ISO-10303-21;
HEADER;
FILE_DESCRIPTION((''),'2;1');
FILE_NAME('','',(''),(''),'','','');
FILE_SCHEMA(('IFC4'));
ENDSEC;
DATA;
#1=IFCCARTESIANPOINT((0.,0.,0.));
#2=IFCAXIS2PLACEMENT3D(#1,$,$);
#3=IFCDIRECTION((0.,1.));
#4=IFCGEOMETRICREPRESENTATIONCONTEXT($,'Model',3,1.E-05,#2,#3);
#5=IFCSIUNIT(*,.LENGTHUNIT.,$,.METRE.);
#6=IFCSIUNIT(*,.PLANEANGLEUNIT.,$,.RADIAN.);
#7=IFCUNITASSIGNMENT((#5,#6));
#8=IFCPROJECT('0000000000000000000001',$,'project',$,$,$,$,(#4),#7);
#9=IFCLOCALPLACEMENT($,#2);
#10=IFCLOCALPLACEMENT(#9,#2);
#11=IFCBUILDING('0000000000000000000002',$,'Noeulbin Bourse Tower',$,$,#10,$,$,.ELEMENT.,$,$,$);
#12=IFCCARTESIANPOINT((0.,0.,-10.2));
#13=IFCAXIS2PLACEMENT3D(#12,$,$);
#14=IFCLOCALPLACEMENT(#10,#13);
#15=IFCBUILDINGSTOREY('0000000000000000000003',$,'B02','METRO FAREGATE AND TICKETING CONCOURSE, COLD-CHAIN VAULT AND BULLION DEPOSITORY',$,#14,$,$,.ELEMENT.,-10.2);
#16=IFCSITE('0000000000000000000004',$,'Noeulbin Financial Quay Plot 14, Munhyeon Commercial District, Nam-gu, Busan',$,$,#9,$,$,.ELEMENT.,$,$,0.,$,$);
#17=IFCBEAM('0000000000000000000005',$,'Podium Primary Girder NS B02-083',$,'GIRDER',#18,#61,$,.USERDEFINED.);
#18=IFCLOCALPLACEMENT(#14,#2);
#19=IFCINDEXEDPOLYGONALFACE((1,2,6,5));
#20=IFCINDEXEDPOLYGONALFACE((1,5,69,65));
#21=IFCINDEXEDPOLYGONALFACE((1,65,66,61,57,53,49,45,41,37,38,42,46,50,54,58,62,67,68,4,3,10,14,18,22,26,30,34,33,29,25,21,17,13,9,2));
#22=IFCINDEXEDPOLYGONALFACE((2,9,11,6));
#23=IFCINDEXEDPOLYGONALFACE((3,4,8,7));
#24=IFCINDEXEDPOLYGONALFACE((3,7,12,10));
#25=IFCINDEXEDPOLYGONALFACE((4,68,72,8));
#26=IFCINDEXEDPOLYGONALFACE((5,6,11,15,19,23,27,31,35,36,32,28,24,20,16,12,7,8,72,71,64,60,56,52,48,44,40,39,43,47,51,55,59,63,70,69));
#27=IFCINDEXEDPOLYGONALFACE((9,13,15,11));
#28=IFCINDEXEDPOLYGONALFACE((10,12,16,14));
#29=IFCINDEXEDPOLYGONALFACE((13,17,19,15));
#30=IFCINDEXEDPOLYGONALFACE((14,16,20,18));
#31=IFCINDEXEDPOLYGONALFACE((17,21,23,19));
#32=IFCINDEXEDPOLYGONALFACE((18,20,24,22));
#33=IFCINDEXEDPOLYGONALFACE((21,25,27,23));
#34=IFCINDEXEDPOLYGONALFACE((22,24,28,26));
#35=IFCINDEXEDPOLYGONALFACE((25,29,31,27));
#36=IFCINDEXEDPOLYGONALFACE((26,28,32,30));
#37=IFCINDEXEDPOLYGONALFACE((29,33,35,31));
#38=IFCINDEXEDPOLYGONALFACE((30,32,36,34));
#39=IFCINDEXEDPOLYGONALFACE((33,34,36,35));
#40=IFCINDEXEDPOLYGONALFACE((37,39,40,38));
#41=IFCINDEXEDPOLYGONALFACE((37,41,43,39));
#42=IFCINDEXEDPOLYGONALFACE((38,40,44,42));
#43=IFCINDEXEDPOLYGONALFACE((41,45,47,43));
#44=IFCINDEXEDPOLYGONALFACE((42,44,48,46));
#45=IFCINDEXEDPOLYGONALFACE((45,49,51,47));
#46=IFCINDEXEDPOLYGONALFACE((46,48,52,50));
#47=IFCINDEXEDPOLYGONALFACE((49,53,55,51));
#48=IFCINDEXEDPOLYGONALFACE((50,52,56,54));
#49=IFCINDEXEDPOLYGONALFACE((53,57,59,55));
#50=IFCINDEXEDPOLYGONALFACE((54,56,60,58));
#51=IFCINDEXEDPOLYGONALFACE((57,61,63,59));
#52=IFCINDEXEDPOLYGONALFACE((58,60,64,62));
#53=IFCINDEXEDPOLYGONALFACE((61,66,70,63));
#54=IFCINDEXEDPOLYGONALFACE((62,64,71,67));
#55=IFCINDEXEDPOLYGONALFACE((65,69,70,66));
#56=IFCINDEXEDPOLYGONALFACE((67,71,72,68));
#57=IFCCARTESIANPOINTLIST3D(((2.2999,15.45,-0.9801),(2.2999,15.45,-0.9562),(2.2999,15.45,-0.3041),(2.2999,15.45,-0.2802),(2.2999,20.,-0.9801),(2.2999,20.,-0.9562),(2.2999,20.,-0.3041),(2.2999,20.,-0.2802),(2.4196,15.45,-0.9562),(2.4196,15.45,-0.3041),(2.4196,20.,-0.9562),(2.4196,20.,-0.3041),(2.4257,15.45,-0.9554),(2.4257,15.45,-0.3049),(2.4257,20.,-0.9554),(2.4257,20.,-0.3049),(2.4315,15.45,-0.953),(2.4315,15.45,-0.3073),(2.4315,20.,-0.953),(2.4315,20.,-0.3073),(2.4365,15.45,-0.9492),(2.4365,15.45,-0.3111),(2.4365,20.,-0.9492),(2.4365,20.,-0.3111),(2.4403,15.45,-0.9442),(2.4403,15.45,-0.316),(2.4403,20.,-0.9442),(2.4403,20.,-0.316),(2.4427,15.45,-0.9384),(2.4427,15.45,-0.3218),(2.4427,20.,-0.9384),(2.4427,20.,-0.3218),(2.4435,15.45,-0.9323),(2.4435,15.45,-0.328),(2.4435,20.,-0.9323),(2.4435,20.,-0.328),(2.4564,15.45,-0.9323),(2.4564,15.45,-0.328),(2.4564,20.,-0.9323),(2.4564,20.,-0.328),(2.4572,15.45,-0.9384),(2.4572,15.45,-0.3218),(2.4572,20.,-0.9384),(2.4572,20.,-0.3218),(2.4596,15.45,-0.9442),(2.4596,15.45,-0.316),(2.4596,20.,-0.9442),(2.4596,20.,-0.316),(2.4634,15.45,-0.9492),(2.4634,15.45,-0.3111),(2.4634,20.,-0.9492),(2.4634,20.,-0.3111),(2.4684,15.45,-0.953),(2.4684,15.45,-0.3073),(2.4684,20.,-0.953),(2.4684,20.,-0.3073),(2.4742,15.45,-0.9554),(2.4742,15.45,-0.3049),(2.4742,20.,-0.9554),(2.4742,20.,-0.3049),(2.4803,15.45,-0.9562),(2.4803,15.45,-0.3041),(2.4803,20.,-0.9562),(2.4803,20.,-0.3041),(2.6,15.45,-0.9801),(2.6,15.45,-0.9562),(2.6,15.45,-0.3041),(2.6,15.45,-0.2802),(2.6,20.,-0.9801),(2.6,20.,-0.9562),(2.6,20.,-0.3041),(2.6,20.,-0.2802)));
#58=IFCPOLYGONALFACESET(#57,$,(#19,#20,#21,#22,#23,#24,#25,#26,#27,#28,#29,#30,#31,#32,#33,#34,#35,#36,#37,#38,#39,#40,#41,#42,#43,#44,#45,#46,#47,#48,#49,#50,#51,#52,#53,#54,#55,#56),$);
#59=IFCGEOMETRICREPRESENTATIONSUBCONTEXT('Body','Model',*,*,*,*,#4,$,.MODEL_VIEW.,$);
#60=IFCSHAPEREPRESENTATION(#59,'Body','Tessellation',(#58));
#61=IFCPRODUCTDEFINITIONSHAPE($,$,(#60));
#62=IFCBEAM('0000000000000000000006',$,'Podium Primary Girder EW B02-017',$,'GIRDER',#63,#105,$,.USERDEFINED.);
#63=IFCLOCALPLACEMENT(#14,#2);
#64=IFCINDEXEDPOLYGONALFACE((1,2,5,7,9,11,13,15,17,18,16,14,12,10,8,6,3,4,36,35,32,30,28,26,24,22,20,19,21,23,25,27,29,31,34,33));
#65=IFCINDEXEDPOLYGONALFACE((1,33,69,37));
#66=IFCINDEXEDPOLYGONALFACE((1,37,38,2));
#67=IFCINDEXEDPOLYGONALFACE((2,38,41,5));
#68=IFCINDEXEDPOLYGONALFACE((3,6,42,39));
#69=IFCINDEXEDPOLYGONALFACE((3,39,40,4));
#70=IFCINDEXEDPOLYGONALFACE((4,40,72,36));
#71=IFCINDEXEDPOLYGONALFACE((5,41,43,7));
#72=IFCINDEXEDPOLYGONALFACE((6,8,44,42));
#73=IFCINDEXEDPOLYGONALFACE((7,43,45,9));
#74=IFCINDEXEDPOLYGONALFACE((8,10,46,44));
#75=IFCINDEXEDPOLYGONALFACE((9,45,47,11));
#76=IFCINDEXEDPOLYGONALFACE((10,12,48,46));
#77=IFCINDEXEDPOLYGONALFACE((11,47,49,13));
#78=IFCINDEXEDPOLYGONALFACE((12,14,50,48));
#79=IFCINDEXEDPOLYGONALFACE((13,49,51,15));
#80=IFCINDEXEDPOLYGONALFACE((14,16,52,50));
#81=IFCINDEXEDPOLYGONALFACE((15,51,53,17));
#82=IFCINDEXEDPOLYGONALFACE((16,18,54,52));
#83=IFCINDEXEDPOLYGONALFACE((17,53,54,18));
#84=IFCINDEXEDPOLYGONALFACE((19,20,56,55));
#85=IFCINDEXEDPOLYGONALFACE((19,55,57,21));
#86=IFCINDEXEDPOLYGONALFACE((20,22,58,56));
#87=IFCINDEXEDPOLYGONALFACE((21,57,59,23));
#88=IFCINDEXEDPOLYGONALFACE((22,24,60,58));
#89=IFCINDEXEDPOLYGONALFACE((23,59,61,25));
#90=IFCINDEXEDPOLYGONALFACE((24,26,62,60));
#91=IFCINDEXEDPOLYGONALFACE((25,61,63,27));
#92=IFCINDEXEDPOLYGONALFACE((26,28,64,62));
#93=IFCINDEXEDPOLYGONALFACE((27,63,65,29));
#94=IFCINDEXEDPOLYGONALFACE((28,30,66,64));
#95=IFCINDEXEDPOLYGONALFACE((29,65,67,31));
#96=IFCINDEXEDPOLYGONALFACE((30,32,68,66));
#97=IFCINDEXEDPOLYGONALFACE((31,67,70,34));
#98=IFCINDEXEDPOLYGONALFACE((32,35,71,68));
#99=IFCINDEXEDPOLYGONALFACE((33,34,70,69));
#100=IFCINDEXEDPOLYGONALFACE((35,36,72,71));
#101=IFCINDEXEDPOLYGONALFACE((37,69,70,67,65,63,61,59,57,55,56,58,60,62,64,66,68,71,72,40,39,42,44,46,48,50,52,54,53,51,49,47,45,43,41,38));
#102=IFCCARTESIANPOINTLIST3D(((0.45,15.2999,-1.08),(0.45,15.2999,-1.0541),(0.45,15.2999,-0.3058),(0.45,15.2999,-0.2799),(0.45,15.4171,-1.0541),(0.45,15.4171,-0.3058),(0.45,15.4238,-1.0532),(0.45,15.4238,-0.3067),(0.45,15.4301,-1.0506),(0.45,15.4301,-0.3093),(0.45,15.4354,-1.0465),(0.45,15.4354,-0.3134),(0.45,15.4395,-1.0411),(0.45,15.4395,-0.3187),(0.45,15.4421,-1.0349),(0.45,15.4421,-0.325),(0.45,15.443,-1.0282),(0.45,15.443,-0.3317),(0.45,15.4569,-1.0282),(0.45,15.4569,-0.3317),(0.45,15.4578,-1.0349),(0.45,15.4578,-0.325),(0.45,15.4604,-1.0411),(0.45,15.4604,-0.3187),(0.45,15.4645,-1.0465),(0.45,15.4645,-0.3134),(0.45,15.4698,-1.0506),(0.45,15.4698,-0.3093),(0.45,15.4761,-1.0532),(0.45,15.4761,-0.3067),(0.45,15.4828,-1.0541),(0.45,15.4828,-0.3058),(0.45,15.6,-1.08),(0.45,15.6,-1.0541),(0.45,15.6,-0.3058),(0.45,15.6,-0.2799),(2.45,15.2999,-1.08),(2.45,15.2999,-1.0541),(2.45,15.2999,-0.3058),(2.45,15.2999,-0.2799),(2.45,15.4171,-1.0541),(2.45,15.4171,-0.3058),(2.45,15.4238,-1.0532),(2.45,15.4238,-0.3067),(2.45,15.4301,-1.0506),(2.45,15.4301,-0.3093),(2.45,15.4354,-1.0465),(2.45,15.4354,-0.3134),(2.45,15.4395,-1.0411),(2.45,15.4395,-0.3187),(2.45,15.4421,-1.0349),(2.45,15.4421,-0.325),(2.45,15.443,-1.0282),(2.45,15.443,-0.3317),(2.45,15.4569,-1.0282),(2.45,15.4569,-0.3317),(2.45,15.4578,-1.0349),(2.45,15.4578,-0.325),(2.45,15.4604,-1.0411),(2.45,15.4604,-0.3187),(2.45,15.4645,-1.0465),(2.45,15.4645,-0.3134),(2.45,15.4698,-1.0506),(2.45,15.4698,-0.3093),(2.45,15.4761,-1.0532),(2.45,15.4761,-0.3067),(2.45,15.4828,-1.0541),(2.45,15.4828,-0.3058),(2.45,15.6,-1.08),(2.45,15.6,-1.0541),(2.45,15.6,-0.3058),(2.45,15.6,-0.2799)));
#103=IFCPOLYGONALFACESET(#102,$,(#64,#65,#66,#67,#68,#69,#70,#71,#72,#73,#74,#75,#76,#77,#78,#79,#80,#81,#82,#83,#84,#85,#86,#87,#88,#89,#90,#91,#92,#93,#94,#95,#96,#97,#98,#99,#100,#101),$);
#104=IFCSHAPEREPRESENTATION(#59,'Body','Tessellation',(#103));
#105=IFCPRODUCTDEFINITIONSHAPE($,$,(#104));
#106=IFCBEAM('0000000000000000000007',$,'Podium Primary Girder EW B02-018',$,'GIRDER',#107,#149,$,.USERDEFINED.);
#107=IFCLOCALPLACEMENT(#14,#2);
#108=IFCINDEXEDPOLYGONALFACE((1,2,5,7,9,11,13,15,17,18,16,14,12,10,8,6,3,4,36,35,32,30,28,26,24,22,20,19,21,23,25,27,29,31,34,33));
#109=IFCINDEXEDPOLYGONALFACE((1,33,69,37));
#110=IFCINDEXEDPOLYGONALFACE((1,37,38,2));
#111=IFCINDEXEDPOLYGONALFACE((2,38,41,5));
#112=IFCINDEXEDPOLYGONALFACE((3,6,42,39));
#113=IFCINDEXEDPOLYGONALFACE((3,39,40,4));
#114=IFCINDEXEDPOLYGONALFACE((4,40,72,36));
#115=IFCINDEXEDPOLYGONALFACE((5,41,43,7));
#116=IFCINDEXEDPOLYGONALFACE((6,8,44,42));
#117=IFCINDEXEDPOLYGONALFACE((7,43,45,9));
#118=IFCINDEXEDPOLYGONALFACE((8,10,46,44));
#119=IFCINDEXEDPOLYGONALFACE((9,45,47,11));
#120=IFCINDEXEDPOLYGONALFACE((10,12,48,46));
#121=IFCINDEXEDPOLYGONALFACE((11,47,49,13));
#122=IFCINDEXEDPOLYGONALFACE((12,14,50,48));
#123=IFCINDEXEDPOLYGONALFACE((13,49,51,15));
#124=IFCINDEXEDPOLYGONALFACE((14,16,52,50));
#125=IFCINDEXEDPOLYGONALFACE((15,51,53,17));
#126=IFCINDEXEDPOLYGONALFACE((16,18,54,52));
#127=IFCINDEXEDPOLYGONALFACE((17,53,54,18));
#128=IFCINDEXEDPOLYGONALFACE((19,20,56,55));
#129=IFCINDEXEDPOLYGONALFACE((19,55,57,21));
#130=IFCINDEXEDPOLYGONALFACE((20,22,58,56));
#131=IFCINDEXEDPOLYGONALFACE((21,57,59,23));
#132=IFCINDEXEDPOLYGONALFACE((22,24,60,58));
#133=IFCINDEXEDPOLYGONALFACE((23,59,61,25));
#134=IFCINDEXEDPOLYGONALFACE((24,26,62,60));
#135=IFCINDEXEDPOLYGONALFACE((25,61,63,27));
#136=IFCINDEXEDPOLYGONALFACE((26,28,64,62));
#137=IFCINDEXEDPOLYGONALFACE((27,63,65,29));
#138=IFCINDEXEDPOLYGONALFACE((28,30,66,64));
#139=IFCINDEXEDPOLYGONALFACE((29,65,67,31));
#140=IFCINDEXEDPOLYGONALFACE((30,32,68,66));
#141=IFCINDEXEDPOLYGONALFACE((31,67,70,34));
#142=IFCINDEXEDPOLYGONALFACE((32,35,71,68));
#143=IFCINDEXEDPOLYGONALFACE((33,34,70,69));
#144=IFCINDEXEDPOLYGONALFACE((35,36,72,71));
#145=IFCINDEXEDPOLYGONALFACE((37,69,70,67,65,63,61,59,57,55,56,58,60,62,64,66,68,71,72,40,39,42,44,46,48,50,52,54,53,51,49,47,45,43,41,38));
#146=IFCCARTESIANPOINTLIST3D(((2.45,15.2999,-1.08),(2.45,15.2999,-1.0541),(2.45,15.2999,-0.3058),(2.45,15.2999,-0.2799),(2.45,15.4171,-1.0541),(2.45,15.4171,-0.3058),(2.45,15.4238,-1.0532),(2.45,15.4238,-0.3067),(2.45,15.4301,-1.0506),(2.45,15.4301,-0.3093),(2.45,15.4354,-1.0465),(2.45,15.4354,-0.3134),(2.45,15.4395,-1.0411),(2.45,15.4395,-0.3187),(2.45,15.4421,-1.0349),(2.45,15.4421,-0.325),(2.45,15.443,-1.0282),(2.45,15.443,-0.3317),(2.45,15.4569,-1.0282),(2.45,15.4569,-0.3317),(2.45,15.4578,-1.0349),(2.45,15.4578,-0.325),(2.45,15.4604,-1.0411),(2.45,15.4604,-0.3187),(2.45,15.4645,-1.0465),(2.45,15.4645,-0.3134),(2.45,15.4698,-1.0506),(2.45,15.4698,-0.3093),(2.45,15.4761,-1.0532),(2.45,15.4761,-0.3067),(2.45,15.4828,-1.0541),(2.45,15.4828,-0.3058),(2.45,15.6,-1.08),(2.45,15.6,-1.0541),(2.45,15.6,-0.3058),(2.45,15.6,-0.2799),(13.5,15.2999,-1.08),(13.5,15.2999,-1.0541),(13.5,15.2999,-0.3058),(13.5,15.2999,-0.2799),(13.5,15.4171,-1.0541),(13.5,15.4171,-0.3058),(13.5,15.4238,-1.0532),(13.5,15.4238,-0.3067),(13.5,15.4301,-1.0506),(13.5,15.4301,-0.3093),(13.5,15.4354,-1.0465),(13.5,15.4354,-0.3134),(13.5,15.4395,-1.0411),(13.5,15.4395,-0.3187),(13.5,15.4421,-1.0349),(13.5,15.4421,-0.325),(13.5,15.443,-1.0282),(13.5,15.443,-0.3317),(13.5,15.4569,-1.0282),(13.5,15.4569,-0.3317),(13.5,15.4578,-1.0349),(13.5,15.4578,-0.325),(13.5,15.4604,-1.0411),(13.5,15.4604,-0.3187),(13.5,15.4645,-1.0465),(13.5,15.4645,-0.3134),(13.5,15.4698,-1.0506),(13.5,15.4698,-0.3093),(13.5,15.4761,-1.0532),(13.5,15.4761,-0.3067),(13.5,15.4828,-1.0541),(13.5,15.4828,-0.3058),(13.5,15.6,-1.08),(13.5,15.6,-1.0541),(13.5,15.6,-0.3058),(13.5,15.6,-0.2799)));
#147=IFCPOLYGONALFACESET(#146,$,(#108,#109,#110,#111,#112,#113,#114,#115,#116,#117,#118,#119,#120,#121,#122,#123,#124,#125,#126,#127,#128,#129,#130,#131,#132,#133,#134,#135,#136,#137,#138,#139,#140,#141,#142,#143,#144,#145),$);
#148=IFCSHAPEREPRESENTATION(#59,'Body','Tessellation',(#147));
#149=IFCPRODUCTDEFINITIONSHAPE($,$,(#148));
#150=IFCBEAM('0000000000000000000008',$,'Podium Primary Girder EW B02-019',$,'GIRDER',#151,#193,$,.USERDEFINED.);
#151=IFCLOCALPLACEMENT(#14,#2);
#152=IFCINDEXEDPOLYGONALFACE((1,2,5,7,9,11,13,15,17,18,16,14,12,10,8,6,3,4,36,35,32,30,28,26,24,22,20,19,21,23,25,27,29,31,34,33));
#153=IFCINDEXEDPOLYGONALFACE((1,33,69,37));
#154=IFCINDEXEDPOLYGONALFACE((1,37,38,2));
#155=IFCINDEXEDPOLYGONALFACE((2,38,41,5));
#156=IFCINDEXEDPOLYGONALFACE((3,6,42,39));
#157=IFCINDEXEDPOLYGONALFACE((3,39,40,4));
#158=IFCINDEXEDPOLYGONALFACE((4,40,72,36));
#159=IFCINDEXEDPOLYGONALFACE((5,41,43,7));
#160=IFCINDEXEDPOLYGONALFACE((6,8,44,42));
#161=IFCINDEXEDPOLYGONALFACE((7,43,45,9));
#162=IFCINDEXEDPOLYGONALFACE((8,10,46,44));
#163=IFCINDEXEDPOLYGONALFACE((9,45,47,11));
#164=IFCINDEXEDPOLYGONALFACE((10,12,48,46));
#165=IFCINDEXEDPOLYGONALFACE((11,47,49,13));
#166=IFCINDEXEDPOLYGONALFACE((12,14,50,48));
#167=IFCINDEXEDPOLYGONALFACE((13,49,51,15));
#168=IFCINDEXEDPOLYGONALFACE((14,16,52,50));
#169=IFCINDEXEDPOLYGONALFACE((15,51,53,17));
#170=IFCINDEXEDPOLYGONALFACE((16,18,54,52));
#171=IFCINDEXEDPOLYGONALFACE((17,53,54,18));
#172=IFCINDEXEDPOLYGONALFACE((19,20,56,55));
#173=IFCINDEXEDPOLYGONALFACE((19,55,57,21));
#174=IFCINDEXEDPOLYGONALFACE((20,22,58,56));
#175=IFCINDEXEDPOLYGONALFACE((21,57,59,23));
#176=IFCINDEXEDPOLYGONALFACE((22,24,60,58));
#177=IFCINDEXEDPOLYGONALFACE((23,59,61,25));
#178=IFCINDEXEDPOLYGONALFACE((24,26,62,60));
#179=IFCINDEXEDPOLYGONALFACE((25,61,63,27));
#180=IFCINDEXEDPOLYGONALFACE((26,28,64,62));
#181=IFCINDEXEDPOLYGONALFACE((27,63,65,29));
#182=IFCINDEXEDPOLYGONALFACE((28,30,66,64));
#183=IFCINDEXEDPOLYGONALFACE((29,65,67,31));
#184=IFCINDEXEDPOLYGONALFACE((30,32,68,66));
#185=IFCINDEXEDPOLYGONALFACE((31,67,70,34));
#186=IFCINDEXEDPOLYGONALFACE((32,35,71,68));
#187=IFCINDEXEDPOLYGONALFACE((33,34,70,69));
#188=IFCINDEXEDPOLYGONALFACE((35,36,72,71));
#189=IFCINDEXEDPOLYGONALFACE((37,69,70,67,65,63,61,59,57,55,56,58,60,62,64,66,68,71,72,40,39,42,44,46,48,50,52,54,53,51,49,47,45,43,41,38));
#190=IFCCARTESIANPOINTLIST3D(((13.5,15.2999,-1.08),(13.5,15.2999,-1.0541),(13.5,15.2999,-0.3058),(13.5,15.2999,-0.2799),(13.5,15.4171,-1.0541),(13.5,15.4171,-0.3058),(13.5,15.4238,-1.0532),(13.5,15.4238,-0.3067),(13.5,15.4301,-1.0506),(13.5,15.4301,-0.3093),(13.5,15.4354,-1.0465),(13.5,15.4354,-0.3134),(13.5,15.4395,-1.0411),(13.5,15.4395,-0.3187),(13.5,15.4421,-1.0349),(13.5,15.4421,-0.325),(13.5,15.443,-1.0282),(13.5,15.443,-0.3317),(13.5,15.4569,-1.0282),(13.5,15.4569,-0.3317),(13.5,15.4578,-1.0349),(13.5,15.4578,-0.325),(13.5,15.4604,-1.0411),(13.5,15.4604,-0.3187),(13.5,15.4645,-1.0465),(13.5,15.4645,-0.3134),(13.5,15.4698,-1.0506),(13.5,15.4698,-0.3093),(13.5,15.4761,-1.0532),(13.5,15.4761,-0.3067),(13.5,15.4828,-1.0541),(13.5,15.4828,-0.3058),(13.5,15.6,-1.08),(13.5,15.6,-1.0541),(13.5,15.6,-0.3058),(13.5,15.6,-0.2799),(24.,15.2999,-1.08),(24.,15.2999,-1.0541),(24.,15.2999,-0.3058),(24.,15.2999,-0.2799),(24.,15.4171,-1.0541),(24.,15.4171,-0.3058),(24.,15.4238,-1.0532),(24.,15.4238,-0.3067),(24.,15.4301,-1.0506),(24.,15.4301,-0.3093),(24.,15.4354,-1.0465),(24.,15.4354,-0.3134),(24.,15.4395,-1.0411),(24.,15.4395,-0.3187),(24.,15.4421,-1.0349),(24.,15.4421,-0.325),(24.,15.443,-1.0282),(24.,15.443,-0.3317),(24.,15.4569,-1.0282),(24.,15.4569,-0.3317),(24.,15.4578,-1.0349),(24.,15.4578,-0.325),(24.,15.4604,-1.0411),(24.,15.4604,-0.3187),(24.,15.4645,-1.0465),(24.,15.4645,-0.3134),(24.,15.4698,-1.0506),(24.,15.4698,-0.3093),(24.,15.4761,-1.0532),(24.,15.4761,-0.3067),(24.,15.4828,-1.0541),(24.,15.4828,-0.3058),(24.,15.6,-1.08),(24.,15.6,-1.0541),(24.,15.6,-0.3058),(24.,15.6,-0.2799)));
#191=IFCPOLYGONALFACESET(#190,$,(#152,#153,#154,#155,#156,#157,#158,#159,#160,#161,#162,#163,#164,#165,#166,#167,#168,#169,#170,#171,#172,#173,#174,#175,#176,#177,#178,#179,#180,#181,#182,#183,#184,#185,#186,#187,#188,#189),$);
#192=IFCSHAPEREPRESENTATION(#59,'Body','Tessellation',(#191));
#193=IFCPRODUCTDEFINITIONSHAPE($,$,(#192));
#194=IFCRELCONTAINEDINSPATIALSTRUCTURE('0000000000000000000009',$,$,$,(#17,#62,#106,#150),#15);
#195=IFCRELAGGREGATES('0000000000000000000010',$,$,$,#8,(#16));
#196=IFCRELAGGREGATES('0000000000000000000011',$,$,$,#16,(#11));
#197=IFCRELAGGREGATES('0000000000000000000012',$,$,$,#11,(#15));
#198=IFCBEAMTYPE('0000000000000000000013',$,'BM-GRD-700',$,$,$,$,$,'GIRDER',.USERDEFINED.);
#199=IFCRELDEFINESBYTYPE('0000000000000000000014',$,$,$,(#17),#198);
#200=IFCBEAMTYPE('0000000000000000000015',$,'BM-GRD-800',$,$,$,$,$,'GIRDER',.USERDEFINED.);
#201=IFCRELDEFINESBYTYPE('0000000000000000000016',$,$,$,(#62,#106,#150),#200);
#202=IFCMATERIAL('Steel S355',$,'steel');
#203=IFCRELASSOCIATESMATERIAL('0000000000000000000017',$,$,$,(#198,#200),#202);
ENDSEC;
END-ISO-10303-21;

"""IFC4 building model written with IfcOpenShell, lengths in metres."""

from ifc_helpers import new_model, si_unit, direction, frame, origin, origin_2d, place, context, subcontext, project, spatial, i_section, extrude, material, material_profile, profile_set, type_object, element, save


model = new_model("IFC4")

# Units and contexts
model_context = context("Model", 3, precision=1e-05, world=origin(), true_north=direction((0.0, 1.0)))
body_context = subcontext(model_context, "Body", "Model", "MODEL_VIEW")
ifc_project = project(units=[si_unit("LENGTHUNIT", "METRE"), si_unit("PLANEANGLEUNIT", "RADIAN")], contexts=[model_context])

# Site, building, storey
site_placement = place(None, origin())
site = spatial("IfcSite", under=ifc_project, at=site_placement, Name="Noeulbin Financial Quay Plot 14, Munhyeon Commercial District, Nam-gu, Busan", CompositionType="ELEMENT", RefElevation=0.0)
building_placement = place(site_placement, origin())
building = spatial("IfcBuilding", under=site, at=building_placement, Name="Noeulbin Bourse Tower", CompositionType="ELEMENT")
storey_placement = place(building_placement, frame((0.0, 0.0, -10.2)))
storey = spatial("IfcBuildingStorey", under=building, at=storey_placement, Name="B02", Description="METRO FAREGATE AND TICKETING CONCOURSE, COLD-CHAIN VAULT AND BULLION DEPOSITORY", CompositionType="ELEMENT", Elevation=-10.2)

# Beams
ifc_material_1 = material(Name="Steel S355", Category="steel")
ifc_material_profile_1 = material_profile(ifc_material_1, i_section(OverallWidth=0.3, OverallDepth=0.7, WebThickness=0.0129, FlangeThickness=0.0239, FilletRadius=0.0239, at=origin_2d()), Name="H-700x300x13x24", Category="LoadBearing")
ifc_profile_set_1 = profile_set([ifc_material_profile_1], Name="Steel S355")
beam_type_1 = type_object("IfcBeamType", Name="BM-GRD-700", ElementType="GIRDER", PredefinedType="USERDEFINED", material=ifc_profile_set_1)
beam_1_placement = place(storey_placement, frame((2.45, 15.45, -0.6301), z_axis=(0.0, 1.0, 0.0), x_axis=(-1.0, 0.0, 0.0)))
element("IfcBeam", 1, at=beam_1_placement, inside=storey, type_object=beam_type_1, Name="Podium Primary Girder NS B02-083", ObjectType="GIRDER", PredefinedType="USERDEFINED", context=body_context, shape_type="SweptSolid", body=[
    extrude(i_section(OverallWidth=0.3, OverallDepth=0.7, WebThickness=0.0129, FlangeThickness=0.0239, FilletRadius=0.0239, at=origin_2d()), origin(), (0.0, 0.0, 1.0), 4.55),
])
ifc_material_profile_2 = material_profile(ifc_material_1, i_section(OverallWidth=0.3, OverallDepth=0.8, WebThickness=0.0139, FlangeThickness=0.0259, FilletRadius=0.0259, at=origin_2d()), Name="H-800x300x14x26", Category="LoadBearing")
ifc_profile_set_2 = profile_set([ifc_material_profile_2], Name="Steel S355")
beam_type_2 = type_object("IfcBeamType", Name="BM-GRD-800", ElementType="GIRDER", PredefinedType="USERDEFINED", material=ifc_profile_set_2)
beam_2_placement = place(storey_placement, frame((0.45, 15.45, -0.6799), z_axis=(1.0, 0.0, 0.0), x_axis=(0.0, 1.0, 0.0)))
element("IfcBeam", 2, at=beam_2_placement, inside=storey, type_object=beam_type_2, Name="Podium Primary Girder EW B02-017", ObjectType="GIRDER", PredefinedType="USERDEFINED", context=body_context, shape_type="SweptSolid", body=[
    extrude(i_section(OverallWidth=0.3, OverallDepth=0.8, WebThickness=0.0139, FlangeThickness=0.0259, FilletRadius=0.0259, at=origin_2d()), origin(), (0.0, 0.0, 1.0), 2.0),
])
beam_3_placement = place(storey_placement, frame((2.45, 15.45, -0.6799), z_axis=(1.0, 0.0, 0.0), x_axis=(0.0, 1.0, 0.0)))
element("IfcBeam", 3, at=beam_3_placement, inside=storey, type_object=beam_type_2, Name="Podium Primary Girder EW B02-018", ObjectType="GIRDER", PredefinedType="USERDEFINED", context=body_context, shape_type="SweptSolid", body=[
    extrude(i_section(OverallWidth=0.3, OverallDepth=0.8, WebThickness=0.0139, FlangeThickness=0.0259, FilletRadius=0.0259, at=origin_2d()), origin(), (0.0, 0.0, 1.0), 11.05),
])
beam_4_placement = place(storey_placement, frame((13.5, 15.45, -0.6799), z_axis=(1.0, 0.0, 0.0), x_axis=(0.0, 1.0, 0.0)))
element("IfcBeam", 4, at=beam_4_placement, inside=storey, type_object=beam_type_2, Name="Podium Primary Girder EW B02-019", ObjectType="GIRDER", PredefinedType="USERDEFINED", context=body_context, shape_type="SweptSolid", body=[
    extrude(i_section(OverallWidth=0.3, OverallDepth=0.8, WebThickness=0.0139, FlangeThickness=0.0259, FilletRadius=0.0259, at=origin_2d()), origin(), (0.0, 0.0, 1.0), 10.5),
])

save(model, "model.ifc")
